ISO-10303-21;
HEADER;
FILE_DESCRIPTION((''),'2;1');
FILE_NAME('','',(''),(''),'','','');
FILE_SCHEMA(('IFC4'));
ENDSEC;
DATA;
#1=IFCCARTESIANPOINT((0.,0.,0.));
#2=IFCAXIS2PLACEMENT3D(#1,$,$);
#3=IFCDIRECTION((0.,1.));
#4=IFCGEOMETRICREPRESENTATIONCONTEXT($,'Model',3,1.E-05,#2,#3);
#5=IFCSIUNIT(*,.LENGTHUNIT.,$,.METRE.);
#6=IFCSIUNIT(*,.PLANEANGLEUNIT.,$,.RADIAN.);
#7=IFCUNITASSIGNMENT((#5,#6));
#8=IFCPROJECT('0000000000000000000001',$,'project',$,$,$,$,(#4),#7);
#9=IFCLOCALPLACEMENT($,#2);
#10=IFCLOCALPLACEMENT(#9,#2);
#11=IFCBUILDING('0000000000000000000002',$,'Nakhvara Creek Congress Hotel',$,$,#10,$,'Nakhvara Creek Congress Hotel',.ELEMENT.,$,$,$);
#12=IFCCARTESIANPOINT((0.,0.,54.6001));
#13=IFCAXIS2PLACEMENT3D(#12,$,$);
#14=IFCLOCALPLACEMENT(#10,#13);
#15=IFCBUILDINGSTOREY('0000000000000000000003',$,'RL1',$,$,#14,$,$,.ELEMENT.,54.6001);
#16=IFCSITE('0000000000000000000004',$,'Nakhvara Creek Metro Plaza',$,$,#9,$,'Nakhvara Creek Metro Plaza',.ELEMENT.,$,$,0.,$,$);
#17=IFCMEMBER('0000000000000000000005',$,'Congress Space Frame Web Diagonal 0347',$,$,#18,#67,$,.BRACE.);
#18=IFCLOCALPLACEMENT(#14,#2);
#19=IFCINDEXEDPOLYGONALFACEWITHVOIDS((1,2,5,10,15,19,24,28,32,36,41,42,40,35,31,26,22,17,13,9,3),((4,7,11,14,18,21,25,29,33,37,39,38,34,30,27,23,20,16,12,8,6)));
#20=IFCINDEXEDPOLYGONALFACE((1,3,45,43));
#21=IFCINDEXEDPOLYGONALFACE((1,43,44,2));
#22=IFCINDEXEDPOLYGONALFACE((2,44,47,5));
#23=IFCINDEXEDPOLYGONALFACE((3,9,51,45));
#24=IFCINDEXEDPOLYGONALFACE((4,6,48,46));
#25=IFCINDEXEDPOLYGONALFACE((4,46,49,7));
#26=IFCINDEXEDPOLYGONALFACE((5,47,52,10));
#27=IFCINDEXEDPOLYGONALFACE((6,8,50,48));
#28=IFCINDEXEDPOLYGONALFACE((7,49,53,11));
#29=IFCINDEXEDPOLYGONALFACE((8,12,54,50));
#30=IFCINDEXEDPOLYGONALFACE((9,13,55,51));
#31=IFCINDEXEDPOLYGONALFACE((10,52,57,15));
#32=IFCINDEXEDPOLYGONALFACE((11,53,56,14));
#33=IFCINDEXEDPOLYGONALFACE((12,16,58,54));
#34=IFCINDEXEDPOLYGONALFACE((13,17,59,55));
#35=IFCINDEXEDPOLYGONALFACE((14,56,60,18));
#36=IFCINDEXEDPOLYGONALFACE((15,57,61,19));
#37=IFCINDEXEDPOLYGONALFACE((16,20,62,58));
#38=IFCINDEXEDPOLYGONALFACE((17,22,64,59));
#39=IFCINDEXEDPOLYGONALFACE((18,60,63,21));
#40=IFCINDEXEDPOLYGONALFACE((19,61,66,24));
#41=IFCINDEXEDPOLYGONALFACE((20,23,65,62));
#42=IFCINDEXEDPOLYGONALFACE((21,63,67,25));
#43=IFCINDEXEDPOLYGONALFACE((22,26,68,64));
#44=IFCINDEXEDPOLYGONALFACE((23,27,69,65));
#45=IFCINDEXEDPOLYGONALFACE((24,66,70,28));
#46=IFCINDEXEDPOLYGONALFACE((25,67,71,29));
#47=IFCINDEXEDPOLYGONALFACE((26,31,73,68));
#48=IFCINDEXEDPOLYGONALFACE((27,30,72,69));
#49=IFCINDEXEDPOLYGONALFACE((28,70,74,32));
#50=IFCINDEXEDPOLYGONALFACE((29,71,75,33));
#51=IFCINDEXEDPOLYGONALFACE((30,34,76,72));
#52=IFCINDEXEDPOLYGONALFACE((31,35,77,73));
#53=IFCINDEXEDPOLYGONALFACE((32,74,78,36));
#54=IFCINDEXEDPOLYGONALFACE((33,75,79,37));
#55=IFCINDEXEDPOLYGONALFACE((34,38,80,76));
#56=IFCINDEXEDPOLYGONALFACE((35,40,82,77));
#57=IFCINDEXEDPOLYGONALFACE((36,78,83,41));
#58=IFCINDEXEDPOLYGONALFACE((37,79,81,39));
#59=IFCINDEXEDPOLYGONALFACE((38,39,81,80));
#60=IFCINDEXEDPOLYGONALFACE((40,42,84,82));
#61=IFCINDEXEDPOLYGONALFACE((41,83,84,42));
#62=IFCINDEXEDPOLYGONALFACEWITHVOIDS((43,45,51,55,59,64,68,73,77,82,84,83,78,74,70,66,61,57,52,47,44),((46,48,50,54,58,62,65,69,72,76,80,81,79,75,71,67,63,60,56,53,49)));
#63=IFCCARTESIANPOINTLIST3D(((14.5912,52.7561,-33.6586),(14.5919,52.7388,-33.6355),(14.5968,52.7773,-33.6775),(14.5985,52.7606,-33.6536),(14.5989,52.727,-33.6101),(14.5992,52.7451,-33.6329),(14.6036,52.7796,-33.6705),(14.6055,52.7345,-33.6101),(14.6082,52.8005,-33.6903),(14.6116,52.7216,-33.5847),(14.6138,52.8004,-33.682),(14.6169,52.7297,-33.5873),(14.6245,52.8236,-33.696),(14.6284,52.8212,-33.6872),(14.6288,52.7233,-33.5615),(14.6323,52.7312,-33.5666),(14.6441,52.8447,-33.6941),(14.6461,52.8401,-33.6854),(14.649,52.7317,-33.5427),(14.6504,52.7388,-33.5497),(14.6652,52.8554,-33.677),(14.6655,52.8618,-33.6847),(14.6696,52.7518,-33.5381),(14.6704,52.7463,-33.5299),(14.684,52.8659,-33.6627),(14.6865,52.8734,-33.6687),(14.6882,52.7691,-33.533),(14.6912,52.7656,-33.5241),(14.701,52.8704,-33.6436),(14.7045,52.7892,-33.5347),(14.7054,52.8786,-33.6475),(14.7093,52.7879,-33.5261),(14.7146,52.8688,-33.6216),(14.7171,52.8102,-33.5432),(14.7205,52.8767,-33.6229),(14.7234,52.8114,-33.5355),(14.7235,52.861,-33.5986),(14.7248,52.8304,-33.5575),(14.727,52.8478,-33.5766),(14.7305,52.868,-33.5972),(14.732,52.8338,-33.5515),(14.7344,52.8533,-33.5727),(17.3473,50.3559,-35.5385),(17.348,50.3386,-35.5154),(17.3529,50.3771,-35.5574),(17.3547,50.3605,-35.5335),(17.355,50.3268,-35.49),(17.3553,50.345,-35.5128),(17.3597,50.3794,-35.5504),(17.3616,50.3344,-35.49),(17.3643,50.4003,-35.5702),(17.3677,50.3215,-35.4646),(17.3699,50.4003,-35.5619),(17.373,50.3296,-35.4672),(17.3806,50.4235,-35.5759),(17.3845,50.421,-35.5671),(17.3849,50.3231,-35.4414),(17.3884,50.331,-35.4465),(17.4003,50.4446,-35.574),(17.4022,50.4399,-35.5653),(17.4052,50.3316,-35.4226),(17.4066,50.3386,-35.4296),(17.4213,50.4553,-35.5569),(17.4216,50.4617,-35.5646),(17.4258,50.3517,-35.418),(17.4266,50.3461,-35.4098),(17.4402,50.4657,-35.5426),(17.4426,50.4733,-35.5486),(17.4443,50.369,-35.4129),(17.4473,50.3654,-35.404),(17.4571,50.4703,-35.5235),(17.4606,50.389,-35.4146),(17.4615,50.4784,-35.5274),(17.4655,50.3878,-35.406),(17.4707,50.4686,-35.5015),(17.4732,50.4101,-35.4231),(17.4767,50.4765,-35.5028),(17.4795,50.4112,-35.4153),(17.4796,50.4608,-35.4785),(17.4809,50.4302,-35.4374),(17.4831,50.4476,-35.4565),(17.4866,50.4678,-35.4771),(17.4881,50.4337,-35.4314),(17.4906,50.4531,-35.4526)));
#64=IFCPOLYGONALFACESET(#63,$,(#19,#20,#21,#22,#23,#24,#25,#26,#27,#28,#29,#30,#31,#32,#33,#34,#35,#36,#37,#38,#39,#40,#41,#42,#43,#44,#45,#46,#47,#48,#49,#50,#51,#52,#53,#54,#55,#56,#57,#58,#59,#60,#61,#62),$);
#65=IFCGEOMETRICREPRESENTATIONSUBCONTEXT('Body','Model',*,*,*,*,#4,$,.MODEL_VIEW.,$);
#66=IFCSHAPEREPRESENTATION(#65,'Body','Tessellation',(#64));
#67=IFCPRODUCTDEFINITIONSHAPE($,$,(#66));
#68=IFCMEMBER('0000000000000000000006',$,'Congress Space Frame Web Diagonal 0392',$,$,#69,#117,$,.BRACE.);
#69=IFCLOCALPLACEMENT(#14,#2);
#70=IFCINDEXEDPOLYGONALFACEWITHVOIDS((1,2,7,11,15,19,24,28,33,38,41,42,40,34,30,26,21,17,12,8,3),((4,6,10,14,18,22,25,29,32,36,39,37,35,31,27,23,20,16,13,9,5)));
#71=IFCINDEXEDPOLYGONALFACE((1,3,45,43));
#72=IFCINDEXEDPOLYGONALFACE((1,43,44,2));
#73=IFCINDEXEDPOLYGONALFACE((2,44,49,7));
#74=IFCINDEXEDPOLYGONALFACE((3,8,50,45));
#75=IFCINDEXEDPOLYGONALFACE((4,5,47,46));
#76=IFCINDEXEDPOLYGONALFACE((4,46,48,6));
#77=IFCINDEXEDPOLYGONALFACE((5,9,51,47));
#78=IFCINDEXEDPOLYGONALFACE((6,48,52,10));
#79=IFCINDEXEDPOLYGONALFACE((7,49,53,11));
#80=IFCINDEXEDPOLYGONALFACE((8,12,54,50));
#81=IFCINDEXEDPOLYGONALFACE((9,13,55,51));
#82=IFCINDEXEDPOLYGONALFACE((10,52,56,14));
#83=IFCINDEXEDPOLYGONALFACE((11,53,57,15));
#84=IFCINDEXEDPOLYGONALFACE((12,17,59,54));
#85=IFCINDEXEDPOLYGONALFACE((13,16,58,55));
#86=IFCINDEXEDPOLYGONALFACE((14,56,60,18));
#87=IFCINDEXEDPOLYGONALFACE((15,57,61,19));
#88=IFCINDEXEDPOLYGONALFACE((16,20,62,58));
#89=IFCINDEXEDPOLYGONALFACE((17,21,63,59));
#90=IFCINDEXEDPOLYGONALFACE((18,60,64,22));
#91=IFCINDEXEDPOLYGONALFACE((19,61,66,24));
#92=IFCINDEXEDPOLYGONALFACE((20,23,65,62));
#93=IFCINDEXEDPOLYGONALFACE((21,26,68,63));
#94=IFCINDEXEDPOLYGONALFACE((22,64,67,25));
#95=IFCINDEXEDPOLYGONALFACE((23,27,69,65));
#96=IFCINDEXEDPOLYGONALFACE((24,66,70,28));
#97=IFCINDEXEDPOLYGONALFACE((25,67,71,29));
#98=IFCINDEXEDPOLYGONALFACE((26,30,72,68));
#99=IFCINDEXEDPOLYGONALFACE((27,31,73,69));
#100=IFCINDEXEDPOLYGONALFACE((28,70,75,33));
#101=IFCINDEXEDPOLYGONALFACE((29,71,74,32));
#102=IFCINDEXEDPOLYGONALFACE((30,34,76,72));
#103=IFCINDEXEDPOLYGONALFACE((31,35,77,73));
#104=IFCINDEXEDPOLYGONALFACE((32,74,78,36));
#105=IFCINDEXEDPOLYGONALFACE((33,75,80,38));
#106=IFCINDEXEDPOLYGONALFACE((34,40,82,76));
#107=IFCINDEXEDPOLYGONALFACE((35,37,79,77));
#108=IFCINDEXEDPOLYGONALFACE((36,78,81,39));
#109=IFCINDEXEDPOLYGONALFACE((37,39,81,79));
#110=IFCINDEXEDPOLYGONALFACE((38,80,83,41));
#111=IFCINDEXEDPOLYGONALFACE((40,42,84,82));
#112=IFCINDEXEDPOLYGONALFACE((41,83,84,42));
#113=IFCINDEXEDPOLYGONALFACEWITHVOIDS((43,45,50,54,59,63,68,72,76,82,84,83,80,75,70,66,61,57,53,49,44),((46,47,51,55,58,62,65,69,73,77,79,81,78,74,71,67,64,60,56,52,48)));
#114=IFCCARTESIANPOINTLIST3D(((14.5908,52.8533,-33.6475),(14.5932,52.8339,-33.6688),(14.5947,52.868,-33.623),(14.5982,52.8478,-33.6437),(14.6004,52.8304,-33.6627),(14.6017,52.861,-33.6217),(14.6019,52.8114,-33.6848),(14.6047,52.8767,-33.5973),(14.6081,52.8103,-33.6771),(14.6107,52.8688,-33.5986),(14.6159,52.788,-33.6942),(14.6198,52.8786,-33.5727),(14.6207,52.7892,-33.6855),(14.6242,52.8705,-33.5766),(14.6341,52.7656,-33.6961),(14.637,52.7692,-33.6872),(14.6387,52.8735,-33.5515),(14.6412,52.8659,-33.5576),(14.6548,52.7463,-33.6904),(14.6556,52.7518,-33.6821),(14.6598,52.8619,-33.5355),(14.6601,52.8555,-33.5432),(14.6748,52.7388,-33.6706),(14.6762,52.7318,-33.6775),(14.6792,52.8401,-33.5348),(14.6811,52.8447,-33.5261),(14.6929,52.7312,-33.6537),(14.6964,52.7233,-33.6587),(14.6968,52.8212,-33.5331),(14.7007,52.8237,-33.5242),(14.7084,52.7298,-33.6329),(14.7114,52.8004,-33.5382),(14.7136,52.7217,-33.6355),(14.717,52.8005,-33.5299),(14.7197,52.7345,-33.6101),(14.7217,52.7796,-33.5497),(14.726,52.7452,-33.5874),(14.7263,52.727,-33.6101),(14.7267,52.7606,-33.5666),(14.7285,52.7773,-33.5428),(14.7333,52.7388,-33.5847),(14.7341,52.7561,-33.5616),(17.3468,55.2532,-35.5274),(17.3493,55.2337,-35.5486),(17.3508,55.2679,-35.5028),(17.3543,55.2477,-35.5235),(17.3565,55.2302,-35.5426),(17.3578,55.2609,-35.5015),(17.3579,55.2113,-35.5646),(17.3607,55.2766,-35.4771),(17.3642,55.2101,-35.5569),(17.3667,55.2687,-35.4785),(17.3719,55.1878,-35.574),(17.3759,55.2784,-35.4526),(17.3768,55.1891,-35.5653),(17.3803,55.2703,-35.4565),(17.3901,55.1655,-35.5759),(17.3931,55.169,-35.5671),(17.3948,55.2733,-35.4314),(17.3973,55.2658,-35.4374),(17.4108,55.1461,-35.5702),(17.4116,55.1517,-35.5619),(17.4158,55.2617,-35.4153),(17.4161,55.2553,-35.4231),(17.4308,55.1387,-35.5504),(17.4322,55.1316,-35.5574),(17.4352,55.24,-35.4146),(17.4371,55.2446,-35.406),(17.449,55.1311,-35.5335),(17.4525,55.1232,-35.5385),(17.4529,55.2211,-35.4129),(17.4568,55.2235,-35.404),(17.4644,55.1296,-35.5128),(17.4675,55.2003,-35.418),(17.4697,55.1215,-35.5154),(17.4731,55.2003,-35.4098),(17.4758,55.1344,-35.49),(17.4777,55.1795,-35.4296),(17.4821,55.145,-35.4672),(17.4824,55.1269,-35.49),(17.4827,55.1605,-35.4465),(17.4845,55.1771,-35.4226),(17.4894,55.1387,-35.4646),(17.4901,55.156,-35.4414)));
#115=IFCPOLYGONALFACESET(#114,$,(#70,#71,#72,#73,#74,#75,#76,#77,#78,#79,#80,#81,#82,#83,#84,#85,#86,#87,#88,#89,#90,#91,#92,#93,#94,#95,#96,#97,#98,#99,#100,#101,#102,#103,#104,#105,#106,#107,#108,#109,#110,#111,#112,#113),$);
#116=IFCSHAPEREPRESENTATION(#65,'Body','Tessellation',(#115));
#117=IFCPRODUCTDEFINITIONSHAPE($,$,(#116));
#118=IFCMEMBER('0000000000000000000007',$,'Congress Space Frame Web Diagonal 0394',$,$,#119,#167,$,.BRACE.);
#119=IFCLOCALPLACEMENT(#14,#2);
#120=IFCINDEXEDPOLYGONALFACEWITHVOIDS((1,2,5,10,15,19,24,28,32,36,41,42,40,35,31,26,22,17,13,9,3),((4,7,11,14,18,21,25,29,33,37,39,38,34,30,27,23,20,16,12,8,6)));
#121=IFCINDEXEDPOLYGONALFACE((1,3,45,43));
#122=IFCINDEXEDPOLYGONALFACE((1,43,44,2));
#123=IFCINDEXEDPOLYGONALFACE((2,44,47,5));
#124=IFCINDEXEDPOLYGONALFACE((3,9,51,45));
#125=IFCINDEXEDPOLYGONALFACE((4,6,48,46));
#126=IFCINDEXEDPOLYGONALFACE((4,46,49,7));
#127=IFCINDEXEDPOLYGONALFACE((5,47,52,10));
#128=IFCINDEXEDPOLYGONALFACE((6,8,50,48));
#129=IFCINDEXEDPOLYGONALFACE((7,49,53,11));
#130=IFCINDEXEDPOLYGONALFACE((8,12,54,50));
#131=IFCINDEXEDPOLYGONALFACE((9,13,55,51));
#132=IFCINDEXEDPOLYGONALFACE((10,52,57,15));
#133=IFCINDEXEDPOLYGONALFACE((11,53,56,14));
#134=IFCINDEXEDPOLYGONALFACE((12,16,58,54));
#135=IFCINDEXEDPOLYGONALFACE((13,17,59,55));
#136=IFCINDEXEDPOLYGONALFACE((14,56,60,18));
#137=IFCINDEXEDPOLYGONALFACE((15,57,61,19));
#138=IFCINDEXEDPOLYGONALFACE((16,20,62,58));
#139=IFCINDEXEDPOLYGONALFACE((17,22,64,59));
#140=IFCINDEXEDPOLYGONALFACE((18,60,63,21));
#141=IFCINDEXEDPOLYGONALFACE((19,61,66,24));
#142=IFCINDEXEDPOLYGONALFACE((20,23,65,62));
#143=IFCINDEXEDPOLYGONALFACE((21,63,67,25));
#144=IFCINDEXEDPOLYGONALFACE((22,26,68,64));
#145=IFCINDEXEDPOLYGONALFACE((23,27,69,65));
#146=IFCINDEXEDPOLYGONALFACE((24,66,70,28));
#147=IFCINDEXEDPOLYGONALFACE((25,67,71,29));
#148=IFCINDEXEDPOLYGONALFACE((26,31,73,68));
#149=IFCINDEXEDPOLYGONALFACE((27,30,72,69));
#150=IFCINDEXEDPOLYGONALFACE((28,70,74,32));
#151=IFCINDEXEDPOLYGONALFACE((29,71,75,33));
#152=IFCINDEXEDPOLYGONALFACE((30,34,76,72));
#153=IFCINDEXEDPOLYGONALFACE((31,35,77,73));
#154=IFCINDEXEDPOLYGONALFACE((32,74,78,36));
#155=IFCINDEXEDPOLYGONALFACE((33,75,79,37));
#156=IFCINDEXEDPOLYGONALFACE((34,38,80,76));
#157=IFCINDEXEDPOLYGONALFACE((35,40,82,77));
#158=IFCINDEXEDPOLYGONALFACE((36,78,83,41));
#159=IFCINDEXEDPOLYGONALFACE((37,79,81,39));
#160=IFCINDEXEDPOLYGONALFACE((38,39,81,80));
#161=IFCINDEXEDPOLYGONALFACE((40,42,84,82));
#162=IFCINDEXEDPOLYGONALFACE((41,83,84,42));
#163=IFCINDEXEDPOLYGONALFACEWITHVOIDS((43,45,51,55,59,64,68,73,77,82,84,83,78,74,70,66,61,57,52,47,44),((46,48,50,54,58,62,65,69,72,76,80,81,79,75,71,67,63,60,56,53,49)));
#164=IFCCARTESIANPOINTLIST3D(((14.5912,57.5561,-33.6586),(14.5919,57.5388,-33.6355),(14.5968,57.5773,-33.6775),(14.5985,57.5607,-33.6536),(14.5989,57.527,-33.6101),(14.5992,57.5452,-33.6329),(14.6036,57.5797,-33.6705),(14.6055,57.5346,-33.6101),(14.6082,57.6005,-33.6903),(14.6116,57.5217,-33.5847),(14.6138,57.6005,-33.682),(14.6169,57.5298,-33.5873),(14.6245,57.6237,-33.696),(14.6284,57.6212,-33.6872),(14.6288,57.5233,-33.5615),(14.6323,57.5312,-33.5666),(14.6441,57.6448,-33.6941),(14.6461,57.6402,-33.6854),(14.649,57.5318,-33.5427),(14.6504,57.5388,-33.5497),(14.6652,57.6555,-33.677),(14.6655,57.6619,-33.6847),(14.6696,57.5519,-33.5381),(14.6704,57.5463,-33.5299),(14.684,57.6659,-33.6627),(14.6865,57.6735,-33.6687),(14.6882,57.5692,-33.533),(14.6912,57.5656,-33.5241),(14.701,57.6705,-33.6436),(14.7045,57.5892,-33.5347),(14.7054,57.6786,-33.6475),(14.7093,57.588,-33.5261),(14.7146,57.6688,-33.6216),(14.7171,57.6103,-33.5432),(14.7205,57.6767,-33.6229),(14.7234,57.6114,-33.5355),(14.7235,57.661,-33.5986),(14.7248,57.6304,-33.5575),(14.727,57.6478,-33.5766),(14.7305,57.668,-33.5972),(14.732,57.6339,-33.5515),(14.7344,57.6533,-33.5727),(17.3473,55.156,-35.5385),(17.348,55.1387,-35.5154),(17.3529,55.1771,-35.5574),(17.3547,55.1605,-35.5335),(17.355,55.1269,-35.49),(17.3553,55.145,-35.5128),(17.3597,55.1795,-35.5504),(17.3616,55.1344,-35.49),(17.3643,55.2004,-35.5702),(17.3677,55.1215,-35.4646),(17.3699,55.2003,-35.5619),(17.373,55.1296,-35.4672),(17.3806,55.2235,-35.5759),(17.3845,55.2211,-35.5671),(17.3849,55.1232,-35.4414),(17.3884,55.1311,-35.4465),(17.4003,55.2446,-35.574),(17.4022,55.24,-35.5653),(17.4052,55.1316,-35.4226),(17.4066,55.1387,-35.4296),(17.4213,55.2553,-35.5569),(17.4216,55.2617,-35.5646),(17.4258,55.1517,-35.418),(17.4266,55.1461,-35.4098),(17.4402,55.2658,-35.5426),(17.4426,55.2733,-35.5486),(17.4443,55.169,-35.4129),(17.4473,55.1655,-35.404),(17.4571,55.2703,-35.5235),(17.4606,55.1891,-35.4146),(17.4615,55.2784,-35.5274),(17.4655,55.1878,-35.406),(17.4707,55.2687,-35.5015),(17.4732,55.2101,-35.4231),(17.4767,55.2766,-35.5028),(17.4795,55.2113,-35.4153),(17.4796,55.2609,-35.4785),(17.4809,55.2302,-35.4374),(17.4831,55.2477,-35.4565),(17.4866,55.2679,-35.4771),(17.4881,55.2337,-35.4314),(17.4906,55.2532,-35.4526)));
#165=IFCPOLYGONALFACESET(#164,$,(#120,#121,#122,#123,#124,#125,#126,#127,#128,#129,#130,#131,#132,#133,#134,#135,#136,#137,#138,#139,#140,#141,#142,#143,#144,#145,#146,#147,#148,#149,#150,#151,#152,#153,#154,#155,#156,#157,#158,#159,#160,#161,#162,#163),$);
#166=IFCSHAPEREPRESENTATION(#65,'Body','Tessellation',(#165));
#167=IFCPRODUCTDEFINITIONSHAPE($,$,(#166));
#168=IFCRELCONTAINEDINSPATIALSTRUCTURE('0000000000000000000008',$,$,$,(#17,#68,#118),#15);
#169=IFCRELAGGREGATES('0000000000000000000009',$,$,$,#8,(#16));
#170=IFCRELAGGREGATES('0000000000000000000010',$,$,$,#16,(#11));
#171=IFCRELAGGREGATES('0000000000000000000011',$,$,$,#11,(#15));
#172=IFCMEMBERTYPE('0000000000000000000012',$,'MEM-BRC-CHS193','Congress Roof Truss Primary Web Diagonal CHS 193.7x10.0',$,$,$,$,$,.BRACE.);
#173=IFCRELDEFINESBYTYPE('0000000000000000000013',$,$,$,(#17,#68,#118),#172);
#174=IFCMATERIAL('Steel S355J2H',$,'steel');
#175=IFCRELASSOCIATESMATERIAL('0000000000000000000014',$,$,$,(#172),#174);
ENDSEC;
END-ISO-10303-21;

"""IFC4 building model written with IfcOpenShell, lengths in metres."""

from ifc_helpers import new_model, si_unit, direction, frame, origin, origin_2d, place, context, subcontext, project, spatial, hollow_circle, extrude, material, material_profile, profile_set, type_object, element, save


model = new_model("IFC4")

# Units and contexts
model_context = context("Model", 3, precision=1e-05, world=origin(), true_north=direction((0.0, 1.0)))
body_context = subcontext(model_context, "Body", "Model", "MODEL_VIEW")
ifc_project = project(units=[si_unit("LENGTHUNIT", "METRE"), si_unit("PLANEANGLEUNIT", "RADIAN")], contexts=[model_context])

# Site, building, storey
site_placement = place(None, origin())
site = spatial("IfcSite", under=ifc_project, at=site_placement, Name="Nakhvara Creek Metro Plaza", LongName="Nakhvara Creek Metro Plaza", CompositionType="ELEMENT", RefElevation=0.0)
building_placement = place(site_placement, origin())
building = spatial("IfcBuilding", under=site, at=building_placement, Name="Nakhvara Creek Congress Hotel", LongName="Nakhvara Creek Congress Hotel", CompositionType="ELEMENT")
storey_placement = place(building_placement, frame((0.0, 0.0, 54.6001)))
storey = spatial("IfcBuildingStorey", under=building, at=storey_placement, Name="RL1", CompositionType="ELEMENT", Elevation=54.6001)

# Members
ifc_material_1 = material(Name="Steel S355J2H", Category="steel")
ifc_material_profile_1 = material_profile(ifc_material_1, hollow_circle(Radius=0.0969, WallThickness=0.01, at=origin_2d()), Name="CHS 193.7x10.0", Category="LoadBearing")
ifc_profile_set_1 = profile_set([ifc_material_profile_1], Name="Steel S355J2H")
member_type_1 = type_object("IfcMemberType", Name="MEM-BRC-CHS193", Description="Congress Roof Truss Primary Web Diagonal CHS 193.7x10.0", PredefinedType="BRACE", material=ifc_profile_set_1)
member_1_placement = place(storey_placement, frame((17.4187, 50.3999, -35.49), z_axis=(-0.670611, 0.584, 0.45741), x_axis=(-0.656729, -0.754126, 0.0)))
element("IfcMember", 1, at=member_1_placement, inside=storey, type_object=member_type_1, Name="Congress Space Frame Web Diagonal 0347", PredefinedType="BRACE", context=body_context, shape_type="SweptSolid", body=[
    extrude(hollow_circle(Radius=0.0969, WallThickness=0.01, at=origin_2d()), origin(), (0.0, 0.0, 1.0), 4.1099),
])
member_2_placement = place(storey_placement, frame((17.4187, 55.2, -35.49), z_axis=(-0.670634, -0.583961, 0.457426), x_axis=(0.656691, -0.75416, 0.0)))
element("IfcMember", 2, at=member_2_placement, inside=storey, type_object=member_type_1, Name="Congress Space Frame Web Diagonal 0392", PredefinedType="BRACE", context=body_context, shape_type="SweptSolid", body=[
    extrude(hollow_circle(Radius=0.0969, WallThickness=0.01, at=origin_2d()), origin(), (0.0, 0.0, 1.0), 4.1096),
])
member_3_placement = place(storey_placement, frame((17.4187, 55.2, -35.49), z_axis=(-0.670611, 0.584, 0.45741), x_axis=(-0.656729, -0.754126, 0.0)))
element("IfcMember", 3, at=member_3_placement, inside=storey, type_object=member_type_1, Name="Congress Space Frame Web Diagonal 0394", PredefinedType="BRACE", context=body_context, shape_type="SweptSolid", body=[
    extrude(hollow_circle(Radius=0.0969, WallThickness=0.01, at=origin_2d()), origin(), (0.0, 0.0, 1.0), 4.1099),
])

save(model, "model.ifc")
